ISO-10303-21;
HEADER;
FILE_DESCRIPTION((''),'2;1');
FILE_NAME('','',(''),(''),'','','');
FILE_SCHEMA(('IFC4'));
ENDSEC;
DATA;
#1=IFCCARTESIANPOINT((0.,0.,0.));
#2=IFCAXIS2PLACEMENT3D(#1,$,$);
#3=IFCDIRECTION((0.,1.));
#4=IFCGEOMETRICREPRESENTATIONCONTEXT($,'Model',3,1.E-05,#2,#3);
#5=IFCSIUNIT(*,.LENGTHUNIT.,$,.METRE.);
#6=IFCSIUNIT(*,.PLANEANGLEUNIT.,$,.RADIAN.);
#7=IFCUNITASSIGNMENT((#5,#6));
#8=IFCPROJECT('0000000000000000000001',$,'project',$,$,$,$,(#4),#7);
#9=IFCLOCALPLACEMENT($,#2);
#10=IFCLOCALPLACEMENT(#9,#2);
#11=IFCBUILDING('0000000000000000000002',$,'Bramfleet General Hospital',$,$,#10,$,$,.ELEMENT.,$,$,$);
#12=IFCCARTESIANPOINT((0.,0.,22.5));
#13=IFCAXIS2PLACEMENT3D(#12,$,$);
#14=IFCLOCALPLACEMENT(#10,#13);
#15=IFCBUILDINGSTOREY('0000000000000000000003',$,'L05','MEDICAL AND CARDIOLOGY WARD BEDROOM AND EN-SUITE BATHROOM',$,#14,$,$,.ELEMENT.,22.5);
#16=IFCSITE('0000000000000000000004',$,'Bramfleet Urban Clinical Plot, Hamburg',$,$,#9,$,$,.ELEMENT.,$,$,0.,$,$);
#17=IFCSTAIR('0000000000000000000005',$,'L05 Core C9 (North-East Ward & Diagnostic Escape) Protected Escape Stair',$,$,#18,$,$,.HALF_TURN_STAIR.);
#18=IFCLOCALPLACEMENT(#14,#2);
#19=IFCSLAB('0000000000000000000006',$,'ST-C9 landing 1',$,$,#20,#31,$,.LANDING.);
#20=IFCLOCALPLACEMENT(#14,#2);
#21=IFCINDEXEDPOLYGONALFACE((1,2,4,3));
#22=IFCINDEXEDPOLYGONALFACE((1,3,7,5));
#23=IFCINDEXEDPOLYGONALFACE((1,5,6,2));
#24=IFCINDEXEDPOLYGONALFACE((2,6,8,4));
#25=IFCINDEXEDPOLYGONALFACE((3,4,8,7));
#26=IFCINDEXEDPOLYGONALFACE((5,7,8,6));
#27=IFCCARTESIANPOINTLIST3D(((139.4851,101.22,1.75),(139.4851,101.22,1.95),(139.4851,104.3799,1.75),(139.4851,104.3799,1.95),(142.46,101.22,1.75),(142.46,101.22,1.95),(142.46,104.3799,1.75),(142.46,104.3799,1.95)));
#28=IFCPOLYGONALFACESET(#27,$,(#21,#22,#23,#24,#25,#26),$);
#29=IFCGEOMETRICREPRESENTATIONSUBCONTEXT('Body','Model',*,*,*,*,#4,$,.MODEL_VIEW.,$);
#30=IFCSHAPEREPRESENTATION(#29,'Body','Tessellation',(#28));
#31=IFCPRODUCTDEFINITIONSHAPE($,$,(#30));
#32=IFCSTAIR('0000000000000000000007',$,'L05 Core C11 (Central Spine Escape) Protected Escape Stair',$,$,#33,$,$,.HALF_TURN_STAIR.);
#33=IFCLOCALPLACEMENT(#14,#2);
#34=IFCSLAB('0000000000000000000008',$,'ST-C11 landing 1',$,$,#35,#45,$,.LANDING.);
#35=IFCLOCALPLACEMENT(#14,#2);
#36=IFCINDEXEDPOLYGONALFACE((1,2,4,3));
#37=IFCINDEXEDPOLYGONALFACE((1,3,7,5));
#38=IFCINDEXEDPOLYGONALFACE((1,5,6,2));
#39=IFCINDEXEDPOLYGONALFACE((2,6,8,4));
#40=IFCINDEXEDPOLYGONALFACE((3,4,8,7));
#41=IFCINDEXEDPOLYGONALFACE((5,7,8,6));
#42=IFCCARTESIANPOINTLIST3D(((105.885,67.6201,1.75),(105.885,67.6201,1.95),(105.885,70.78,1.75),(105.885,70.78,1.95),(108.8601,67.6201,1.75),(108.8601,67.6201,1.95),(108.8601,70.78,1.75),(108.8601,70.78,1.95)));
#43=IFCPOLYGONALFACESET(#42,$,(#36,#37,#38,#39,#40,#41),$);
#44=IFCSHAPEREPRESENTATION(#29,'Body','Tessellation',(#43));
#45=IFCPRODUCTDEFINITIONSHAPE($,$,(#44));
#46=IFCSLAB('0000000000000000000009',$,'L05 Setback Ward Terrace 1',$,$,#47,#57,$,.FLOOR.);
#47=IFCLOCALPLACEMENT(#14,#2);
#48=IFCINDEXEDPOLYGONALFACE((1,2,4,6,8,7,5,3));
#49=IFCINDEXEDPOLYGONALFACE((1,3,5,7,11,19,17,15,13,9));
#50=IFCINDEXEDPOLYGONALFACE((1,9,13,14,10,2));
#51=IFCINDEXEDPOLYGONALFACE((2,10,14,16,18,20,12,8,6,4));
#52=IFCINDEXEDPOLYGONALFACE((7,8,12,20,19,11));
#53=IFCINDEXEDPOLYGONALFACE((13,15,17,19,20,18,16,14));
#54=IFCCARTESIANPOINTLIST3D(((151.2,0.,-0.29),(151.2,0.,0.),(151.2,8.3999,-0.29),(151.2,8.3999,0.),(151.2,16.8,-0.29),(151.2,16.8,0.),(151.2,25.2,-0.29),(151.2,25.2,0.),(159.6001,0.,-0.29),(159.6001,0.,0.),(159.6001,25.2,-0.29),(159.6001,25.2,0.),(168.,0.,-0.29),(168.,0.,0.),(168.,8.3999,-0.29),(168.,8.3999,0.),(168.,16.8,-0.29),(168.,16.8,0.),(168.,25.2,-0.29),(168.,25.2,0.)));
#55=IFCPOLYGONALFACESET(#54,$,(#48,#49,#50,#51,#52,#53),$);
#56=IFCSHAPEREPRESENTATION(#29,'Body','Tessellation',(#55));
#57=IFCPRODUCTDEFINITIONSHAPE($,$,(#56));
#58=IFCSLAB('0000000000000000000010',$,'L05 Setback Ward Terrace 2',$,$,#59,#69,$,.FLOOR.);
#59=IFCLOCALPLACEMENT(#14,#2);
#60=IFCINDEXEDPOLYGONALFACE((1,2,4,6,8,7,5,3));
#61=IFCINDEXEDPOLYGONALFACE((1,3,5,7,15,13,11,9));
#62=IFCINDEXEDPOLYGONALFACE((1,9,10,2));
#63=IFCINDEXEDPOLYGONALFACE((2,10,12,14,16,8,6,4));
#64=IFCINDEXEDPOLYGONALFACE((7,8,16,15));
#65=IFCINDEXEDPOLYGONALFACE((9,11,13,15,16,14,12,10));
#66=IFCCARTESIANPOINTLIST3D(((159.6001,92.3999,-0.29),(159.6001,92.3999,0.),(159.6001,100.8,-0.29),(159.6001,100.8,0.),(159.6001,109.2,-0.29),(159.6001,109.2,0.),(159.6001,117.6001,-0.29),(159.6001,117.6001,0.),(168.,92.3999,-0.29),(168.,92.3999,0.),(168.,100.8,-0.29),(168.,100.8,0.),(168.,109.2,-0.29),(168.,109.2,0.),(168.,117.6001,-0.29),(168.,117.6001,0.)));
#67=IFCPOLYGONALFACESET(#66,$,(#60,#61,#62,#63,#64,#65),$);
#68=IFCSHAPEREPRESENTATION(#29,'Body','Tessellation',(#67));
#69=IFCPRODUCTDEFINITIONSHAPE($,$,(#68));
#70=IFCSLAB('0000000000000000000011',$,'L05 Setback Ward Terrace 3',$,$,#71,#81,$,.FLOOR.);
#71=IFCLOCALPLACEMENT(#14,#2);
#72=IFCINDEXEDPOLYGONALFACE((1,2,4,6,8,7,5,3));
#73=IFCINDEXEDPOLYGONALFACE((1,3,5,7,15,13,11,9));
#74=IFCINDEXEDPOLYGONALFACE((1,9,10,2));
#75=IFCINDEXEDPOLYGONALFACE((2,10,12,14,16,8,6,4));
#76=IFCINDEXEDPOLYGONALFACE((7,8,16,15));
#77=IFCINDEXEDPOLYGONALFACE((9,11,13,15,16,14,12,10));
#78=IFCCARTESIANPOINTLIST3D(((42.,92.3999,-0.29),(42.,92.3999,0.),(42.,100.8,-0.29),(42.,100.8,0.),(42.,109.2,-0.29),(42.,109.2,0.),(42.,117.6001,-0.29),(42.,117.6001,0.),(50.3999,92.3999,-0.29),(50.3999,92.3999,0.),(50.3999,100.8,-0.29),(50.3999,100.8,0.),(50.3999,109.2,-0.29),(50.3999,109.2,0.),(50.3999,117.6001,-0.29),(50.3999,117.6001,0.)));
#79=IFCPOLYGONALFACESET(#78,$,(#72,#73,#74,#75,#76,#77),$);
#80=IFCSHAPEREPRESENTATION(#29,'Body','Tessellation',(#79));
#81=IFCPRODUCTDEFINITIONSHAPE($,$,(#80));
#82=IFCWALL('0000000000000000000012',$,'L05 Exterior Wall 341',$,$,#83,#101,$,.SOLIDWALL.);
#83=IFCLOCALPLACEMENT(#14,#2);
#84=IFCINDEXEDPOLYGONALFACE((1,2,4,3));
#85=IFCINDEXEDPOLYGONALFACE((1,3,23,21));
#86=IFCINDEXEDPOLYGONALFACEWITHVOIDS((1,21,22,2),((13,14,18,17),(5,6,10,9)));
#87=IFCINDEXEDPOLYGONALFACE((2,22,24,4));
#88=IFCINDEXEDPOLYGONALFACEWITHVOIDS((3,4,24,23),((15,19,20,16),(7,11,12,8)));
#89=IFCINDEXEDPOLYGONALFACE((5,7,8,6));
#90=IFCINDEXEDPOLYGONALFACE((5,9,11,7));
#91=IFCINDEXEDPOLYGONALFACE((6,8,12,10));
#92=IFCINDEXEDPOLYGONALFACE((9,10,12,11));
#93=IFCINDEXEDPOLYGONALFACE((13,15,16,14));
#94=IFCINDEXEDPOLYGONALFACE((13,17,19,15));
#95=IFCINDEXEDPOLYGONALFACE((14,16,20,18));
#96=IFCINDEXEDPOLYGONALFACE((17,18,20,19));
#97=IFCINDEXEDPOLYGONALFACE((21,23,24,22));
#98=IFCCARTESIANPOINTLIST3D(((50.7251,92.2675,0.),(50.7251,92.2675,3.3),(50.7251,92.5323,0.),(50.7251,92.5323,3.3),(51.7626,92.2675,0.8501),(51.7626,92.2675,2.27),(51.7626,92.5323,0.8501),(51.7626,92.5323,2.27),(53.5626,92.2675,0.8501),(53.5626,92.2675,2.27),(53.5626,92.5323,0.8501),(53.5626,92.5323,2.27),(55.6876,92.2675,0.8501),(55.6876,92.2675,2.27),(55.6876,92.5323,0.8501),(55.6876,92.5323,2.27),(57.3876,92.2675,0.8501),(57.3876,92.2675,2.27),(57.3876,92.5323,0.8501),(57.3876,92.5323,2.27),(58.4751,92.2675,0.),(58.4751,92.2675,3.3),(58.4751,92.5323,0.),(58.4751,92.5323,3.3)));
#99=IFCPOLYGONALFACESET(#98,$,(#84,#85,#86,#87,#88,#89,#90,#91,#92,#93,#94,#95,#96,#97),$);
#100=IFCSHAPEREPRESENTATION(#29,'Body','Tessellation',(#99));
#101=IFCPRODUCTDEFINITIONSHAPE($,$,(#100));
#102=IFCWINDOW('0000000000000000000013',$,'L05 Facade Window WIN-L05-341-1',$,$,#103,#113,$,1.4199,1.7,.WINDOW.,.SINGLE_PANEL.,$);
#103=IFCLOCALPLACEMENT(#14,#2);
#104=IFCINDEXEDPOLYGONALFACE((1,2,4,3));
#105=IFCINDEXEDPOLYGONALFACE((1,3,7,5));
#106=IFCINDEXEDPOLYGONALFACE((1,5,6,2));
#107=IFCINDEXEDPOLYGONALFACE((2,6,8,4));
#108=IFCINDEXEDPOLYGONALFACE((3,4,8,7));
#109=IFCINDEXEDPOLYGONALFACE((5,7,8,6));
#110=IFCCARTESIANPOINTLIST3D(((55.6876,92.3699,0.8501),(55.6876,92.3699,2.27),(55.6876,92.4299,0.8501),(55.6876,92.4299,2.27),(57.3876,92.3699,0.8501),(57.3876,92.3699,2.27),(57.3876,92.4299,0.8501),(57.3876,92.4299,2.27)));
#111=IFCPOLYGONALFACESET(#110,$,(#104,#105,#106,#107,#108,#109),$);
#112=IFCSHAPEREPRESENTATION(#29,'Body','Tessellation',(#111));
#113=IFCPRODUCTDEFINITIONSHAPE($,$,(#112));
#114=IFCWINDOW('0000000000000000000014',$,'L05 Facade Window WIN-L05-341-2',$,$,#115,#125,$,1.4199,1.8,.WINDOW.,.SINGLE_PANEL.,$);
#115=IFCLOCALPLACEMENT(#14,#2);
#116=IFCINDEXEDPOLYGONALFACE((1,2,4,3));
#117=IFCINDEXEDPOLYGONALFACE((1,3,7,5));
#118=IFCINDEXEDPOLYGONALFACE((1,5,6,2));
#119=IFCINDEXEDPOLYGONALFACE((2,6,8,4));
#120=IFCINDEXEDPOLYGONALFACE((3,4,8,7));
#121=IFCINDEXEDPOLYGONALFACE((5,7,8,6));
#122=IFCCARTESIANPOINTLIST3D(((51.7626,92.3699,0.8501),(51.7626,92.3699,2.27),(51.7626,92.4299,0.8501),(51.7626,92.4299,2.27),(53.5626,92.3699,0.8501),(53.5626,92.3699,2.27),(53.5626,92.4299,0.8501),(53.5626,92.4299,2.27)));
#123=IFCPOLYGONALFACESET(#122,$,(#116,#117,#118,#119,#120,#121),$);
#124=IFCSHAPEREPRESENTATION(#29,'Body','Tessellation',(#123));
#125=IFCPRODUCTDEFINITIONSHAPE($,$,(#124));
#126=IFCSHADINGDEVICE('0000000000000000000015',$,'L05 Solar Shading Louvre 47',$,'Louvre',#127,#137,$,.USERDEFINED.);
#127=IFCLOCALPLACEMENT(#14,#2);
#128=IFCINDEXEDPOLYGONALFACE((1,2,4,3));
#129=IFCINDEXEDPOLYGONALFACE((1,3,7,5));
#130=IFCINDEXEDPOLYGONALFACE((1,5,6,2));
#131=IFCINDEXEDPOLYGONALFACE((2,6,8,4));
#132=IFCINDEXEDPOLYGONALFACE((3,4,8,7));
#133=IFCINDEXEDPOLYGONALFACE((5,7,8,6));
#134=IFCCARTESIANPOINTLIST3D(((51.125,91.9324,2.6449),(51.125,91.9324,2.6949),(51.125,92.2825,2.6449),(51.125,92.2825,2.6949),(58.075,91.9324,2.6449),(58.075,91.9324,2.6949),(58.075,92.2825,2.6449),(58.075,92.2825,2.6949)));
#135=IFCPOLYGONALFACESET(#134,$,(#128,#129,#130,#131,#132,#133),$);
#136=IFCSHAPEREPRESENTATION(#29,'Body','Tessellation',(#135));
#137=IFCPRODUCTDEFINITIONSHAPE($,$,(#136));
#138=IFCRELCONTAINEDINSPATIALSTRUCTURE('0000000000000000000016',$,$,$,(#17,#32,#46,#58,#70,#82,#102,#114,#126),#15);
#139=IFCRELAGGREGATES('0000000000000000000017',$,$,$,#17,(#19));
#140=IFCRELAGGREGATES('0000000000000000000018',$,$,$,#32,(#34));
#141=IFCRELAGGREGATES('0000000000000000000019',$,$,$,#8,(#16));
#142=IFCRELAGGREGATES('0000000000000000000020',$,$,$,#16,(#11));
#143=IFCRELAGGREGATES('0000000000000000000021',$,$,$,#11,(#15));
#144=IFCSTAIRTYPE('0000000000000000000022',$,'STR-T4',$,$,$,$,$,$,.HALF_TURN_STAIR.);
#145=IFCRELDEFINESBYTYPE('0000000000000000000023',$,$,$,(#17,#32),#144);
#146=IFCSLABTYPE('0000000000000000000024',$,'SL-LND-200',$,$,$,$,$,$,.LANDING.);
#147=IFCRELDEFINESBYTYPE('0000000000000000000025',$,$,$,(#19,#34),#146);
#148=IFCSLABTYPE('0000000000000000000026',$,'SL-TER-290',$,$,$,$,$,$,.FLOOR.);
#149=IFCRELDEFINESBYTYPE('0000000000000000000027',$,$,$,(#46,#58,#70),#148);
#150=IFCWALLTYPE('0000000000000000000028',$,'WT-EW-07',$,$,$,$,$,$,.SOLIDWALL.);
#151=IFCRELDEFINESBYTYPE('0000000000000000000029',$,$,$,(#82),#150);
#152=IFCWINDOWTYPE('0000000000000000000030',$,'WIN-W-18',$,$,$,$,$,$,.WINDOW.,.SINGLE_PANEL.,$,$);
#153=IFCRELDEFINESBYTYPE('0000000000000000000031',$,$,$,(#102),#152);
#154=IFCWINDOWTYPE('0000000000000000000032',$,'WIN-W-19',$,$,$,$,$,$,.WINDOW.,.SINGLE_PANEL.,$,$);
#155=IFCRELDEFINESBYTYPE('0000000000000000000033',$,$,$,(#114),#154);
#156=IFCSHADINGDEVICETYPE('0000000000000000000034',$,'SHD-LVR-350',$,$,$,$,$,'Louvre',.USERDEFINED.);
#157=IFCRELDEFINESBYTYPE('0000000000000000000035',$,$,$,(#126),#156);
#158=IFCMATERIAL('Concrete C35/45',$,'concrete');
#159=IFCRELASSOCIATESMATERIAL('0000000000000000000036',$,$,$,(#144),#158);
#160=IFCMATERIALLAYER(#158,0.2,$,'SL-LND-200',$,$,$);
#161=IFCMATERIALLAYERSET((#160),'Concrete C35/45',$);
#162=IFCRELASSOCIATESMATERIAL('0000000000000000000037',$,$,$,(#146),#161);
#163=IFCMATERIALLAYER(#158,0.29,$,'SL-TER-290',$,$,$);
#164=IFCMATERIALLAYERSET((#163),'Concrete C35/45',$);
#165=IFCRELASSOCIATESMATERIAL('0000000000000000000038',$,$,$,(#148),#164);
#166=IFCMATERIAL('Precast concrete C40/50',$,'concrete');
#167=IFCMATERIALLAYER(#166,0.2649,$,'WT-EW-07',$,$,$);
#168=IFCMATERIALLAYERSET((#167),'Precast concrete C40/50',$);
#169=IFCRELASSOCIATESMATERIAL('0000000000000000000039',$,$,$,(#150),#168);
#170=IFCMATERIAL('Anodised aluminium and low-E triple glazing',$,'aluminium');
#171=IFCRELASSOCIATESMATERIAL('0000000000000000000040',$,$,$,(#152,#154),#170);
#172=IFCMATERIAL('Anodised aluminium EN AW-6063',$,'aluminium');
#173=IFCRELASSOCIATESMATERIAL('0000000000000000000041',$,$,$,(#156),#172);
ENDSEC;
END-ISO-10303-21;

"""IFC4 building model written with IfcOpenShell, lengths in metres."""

from ifc_helpers import new_model, si_unit, direction, frame, frame_2d, origin, origin_2d, place, context, subcontext, project, spatial, polyline, rectangle, outline, extrude, material, layer, layer_set, material_profile, profile_set, type_object, element, fill, aggregate, save


model = new_model("IFC4")

# Units and contexts
model_context = context("Model", 3, precision=1e-05, world=origin(), true_north=direction((0.0, 1.0)))
body_context = subcontext(model_context, "Body", "Model", "MODEL_VIEW")
ifc_project = project(units=[si_unit("LENGTHUNIT", "METRE"), si_unit("PLANEANGLEUNIT", "RADIAN")], contexts=[model_context])

# Site, building, storey
site_placement = place(None, origin())
site = spatial("IfcSite", under=ifc_project, at=site_placement, Name="Bramfleet Urban Clinical Plot, Hamburg", CompositionType="ELEMENT", RefElevation=0.0)
building_placement = place(site_placement, origin())
building = spatial("IfcBuilding", under=site, at=building_placement, Name="Bramfleet General Hospital", CompositionType="ELEMENT")
storey_placement = place(building_placement, frame((0.0, 0.0, 22.5)))
storey = spatial("IfcBuildingStorey", under=building, at=storey_placement, Name="L05", Description="MEDICAL AND CARDIOLOGY WARD BEDROOM AND EN-SUITE BATHROOM", CompositionType="ELEMENT", Elevation=22.5)

# Shared definitions
ifc_material_1 = material(Name="Anodised aluminium and low-E triple glazing", Category="aluminium")

# Shared definitions
ifc_material_2 = material(Name="Concrete C35/45", Category="concrete")

# Stairs, slabs
stair_type = type_object("IfcStairType", Name="STR-T4", PredefinedType="HALF_TURN_STAIR", material=ifc_material_2)
ifc_layer_1 = layer(ifc_material_2, 0.2, Name="SL-LND-200")
ifc_layer_set_1 = layer_set([ifc_layer_1], Name="Concrete C35/45")
slab_type_1 = type_object("IfcSlabType", Name="SL-LND-200", PredefinedType="LANDING", material=ifc_layer_set_1)
stair_1_placement = place(storey_placement, origin())
stair_1 = element("IfcStair", 1, at=stair_1_placement, inside=storey, type_object=stair_type, Name="L05 Core C9 (North-East Ward & Diagnostic Escape) Protected Escape Stair", PredefinedType="HALF_TURN_STAIR")
slab_1_placement = place(storey_placement, frame((0.0, 0.0, 1.75)))
slab_1 = element("IfcSlab", 2, at=slab_1_placement, type_object=slab_type_1, Name="ST-C9 landing 1", PredefinedType="LANDING", context=body_context, shape_type="SweptSolid", body=[
    extrude(outline(polyline([(139.4851, 101.22), (142.46, 101.22), (142.46, 104.3799), (139.4851, 104.3799), (139.4851, 101.22)])), origin(), (0.0, 0.0, 1.0), 0.2),
])
aggregate(stair_1, [slab_1])
stair_2_placement = place(storey_placement, origin())
stair_2 = element("IfcStair", 3, at=stair_2_placement, inside=storey, type_object=stair_type, Name="L05 Core C11 (Central Spine Escape) Protected Escape Stair", PredefinedType="HALF_TURN_STAIR")
slab_2_placement = place(storey_placement, frame((0.0, 0.0, 1.75)))
slab_2 = element("IfcSlab", 4, at=slab_2_placement, type_object=slab_type_1, Name="ST-C11 landing 1", PredefinedType="LANDING", context=body_context, shape_type="SweptSolid", body=[
    extrude(outline(polyline([(105.885, 67.6201), (108.8601, 67.6201), (108.8601, 70.78), (105.885, 70.78), (105.885, 67.6201)])), origin(), (0.0, 0.0, 1.0), 0.2),
])
aggregate(stair_2, [slab_2])

# Slabs
ifc_layer_2 = layer(ifc_material_2, 0.29, Name="SL-TER-290")
ifc_layer_set_2 = layer_set([ifc_layer_2], Name="Concrete C35/45")
slab_type_2 = type_object("IfcSlabType", Name="SL-TER-290", PredefinedType="FLOOR", material=ifc_layer_set_2)
slab_3_placement = place(storey_placement, frame((0.0, 0.0, -0.29)))
element("IfcSlab", 5, at=slab_3_placement, inside=storey, type_object=slab_type_2, Name="L05 Setback Ward Terrace 1", PredefinedType="FLOOR", context=body_context, shape_type="SweptSolid", body=[
    extrude(outline(polyline([(159.6001, 25.2), (168.0, 25.2), (168.0, 16.8), (168.0, 8.3999), (168.0, 0.0), (159.6001, 0.0), (151.2, 0.0), (151.2, 8.3999), (151.2, 16.8), (151.2, 25.2), (159.6001, 25.2)])), origin(), (0.0, 0.0, 1.0), 0.29),
])
slab_4_placement = place(storey_placement, frame((0.0, 0.0, -0.29)))
element("IfcSlab", 6, at=slab_4_placement, inside=storey, type_object=slab_type_2, Name="L05 Setback Ward Terrace 2", PredefinedType="FLOOR", context=body_context, shape_type="SweptSolid", body=[
    extrude(outline(polyline([(168.0, 117.6001), (168.0, 109.2), (168.0, 100.8), (168.0, 92.3999), (159.6001, 92.3999), (159.6001, 100.8), (159.6001, 109.2), (159.6001, 117.6001), (168.0, 117.6001)])), origin(), (0.0, 0.0, 1.0), 0.29),
])
slab_5_placement = place(storey_placement, frame((0.0, 0.0, -0.29)))
element("IfcSlab", 7, at=slab_5_placement, inside=storey, type_object=slab_type_2, Name="L05 Setback Ward Terrace 3", PredefinedType="FLOOR", context=body_context, shape_type="SweptSolid", body=[
    extrude(outline(polyline([(42.0, 92.3999), (42.0, 100.8), (42.0, 109.2), (42.0, 117.6001), (50.3999, 117.6001), (50.3999, 109.2), (50.3999, 100.8), (50.3999, 92.3999), (42.0, 92.3999)])), origin(), (0.0, 0.0, 1.0), 0.29),
])

# Wall, openings, windows
ifc_material_3 = material(Name="Precast concrete C40/50", Category="concrete")
ifc_layer_3 = layer(ifc_material_3, 0.2649, Name="WT-EW-07")
ifc_layer_set_3 = layer_set([ifc_layer_3], Name="Precast concrete C40/50")
wall_type = type_object("IfcWallType", Name="WT-EW-07", PredefinedType="SOLIDWALL", material=ifc_layer_set_3)
wall_placement = place(storey_placement, frame((58.4751, 92.3999, 0.0), z_axis=(0.0, 0.0, 1.0), x_axis=(-1.0, 0.0, 0.0)))
wall = element("IfcWall", 8, at=wall_placement, inside=storey, type_object=wall_type, Name="L05 Exterior Wall 341", PredefinedType="SOLIDWALL", context=body_context, shape_type="SweptSolid", body=[
    extrude(rectangle(XDim=7.75, YDim=0.2649, at=frame_2d((3.875, 0.0))), origin(), (0.0, 0.0, 1.0), 3.3),
])
opening_1_placement = place(wall_placement, frame((1.0874, 0.0, 0.8501)))
opening_1 = element("IfcOpeningElement", 9, at=opening_1_placement, cuts=wall, PredefinedType="OPENING", context=body_context, shape_type="SweptSolid", body=[
    extrude(rectangle(XDim=1.7, YDim=1.4199, at=frame_2d((0.8501, 0.71))), frame((0.0, 0.1423, 0.0), z_axis=(0.0, -1.0, 0.0), x_axis=(1.0, 0.0, 0.0)), (0.0, 0.0, 1.0), 0.2849),
])
opening_2_placement = place(wall_placement, frame((4.9126, 0.0, 0.8501)))
opening_2 = element("IfcOpeningElement", 10, at=opening_2_placement, cuts=wall, PredefinedType="OPENING", context=body_context, shape_type="SweptSolid", body=[
    extrude(rectangle(XDim=1.8, YDim=1.4199, at=frame_2d((0.8999, 0.71))), frame((0.0, 0.1423, 0.0), z_axis=(0.0, -1.0, 0.0), x_axis=(1.0, 0.0, 0.0)), (0.0, 0.0, 1.0), 0.2849),
])
window_type_1 = type_object("IfcWindowType", Name="WIN-W-18", PartitioningType="SINGLE_PANEL", PredefinedType="WINDOW", material=ifc_material_1)
window_1_placement = place(opening_1_placement, origin())
window_1 = element("IfcWindow", 11, at=window_1_placement, inside=storey, type_object=window_type_1, Name="L05 Facade Window WIN-L05-341-1", OverallHeight=1.4199, OverallWidth=1.7, PartitioningType="SINGLE_PANEL", PredefinedType="WINDOW", context=body_context, shape_type="SweptSolid", body=[
    extrude(rectangle(XDim=1.7, YDim=1.4199, at=frame_2d((0.8501, 0.71))), frame((0.0, 0.03, 0.0), z_axis=(0.0, -1.0, 0.0), x_axis=(1.0, 0.0, 0.0)), (0.0, 0.0, 1.0), 0.0601),
])
fill(opening_1, window_1)
window_type_2 = type_object("IfcWindowType", Name="WIN-W-19", PartitioningType="SINGLE_PANEL", PredefinedType="WINDOW", material=ifc_material_1)
window_2_placement = place(opening_2_placement, origin())
window_2 = element("IfcWindow", 12, at=window_2_placement, inside=storey, type_object=window_type_2, Name="L05 Facade Window WIN-L05-341-2", OverallHeight=1.4199, OverallWidth=1.8, PartitioningType="SINGLE_PANEL", PredefinedType="WINDOW", context=body_context, shape_type="SweptSolid", body=[
    extrude(rectangle(XDim=1.8, YDim=1.4199, at=frame_2d((0.8999, 0.71))), frame((0.0, 0.03, 0.0), z_axis=(0.0, -1.0, 0.0), x_axis=(1.0, 0.0, 0.0)), (0.0, 0.0, 1.0), 0.0601),
])
fill(opening_2, window_2)

# Shading device
ifc_material_4 = material(Name="Anodised aluminium EN AW-6063", Category="aluminium")
ifc_material_profile_1 = material_profile(ifc_material_4, rectangle(XDim=0.05, YDim=0.3501, at=origin_2d()), Name="ALU LOUVRE 350x50")
ifc_profile_set_1 = profile_set([ifc_material_profile_1], Name="Anodised aluminium EN AW-6063")
shading_device_type = type_object("IfcShadingDeviceType", Name="SHD-LVR-350", ElementType="Louvre", PredefinedType="USERDEFINED", material=ifc_profile_set_1)
shading_device_placement = place(storey_placement, frame((58.075, 92.1074, 2.6699), z_axis=(-1.0, 0.0, 0.0), x_axis=(0.0, 0.0, 1.0)))
element("IfcShadingDevice", 13, at=shading_device_placement, inside=storey, type_object=shading_device_type, Name="L05 Solar Shading Louvre 47", ObjectType="Louvre", PredefinedType="USERDEFINED", context=body_context, shape_type="SweptSolid", body=[
    extrude(rectangle(XDim=0.05, YDim=0.3501, at=origin_2d()), origin(), (0.0, 0.0, 1.0), 6.95),
])

save(model, "model.ifc")
